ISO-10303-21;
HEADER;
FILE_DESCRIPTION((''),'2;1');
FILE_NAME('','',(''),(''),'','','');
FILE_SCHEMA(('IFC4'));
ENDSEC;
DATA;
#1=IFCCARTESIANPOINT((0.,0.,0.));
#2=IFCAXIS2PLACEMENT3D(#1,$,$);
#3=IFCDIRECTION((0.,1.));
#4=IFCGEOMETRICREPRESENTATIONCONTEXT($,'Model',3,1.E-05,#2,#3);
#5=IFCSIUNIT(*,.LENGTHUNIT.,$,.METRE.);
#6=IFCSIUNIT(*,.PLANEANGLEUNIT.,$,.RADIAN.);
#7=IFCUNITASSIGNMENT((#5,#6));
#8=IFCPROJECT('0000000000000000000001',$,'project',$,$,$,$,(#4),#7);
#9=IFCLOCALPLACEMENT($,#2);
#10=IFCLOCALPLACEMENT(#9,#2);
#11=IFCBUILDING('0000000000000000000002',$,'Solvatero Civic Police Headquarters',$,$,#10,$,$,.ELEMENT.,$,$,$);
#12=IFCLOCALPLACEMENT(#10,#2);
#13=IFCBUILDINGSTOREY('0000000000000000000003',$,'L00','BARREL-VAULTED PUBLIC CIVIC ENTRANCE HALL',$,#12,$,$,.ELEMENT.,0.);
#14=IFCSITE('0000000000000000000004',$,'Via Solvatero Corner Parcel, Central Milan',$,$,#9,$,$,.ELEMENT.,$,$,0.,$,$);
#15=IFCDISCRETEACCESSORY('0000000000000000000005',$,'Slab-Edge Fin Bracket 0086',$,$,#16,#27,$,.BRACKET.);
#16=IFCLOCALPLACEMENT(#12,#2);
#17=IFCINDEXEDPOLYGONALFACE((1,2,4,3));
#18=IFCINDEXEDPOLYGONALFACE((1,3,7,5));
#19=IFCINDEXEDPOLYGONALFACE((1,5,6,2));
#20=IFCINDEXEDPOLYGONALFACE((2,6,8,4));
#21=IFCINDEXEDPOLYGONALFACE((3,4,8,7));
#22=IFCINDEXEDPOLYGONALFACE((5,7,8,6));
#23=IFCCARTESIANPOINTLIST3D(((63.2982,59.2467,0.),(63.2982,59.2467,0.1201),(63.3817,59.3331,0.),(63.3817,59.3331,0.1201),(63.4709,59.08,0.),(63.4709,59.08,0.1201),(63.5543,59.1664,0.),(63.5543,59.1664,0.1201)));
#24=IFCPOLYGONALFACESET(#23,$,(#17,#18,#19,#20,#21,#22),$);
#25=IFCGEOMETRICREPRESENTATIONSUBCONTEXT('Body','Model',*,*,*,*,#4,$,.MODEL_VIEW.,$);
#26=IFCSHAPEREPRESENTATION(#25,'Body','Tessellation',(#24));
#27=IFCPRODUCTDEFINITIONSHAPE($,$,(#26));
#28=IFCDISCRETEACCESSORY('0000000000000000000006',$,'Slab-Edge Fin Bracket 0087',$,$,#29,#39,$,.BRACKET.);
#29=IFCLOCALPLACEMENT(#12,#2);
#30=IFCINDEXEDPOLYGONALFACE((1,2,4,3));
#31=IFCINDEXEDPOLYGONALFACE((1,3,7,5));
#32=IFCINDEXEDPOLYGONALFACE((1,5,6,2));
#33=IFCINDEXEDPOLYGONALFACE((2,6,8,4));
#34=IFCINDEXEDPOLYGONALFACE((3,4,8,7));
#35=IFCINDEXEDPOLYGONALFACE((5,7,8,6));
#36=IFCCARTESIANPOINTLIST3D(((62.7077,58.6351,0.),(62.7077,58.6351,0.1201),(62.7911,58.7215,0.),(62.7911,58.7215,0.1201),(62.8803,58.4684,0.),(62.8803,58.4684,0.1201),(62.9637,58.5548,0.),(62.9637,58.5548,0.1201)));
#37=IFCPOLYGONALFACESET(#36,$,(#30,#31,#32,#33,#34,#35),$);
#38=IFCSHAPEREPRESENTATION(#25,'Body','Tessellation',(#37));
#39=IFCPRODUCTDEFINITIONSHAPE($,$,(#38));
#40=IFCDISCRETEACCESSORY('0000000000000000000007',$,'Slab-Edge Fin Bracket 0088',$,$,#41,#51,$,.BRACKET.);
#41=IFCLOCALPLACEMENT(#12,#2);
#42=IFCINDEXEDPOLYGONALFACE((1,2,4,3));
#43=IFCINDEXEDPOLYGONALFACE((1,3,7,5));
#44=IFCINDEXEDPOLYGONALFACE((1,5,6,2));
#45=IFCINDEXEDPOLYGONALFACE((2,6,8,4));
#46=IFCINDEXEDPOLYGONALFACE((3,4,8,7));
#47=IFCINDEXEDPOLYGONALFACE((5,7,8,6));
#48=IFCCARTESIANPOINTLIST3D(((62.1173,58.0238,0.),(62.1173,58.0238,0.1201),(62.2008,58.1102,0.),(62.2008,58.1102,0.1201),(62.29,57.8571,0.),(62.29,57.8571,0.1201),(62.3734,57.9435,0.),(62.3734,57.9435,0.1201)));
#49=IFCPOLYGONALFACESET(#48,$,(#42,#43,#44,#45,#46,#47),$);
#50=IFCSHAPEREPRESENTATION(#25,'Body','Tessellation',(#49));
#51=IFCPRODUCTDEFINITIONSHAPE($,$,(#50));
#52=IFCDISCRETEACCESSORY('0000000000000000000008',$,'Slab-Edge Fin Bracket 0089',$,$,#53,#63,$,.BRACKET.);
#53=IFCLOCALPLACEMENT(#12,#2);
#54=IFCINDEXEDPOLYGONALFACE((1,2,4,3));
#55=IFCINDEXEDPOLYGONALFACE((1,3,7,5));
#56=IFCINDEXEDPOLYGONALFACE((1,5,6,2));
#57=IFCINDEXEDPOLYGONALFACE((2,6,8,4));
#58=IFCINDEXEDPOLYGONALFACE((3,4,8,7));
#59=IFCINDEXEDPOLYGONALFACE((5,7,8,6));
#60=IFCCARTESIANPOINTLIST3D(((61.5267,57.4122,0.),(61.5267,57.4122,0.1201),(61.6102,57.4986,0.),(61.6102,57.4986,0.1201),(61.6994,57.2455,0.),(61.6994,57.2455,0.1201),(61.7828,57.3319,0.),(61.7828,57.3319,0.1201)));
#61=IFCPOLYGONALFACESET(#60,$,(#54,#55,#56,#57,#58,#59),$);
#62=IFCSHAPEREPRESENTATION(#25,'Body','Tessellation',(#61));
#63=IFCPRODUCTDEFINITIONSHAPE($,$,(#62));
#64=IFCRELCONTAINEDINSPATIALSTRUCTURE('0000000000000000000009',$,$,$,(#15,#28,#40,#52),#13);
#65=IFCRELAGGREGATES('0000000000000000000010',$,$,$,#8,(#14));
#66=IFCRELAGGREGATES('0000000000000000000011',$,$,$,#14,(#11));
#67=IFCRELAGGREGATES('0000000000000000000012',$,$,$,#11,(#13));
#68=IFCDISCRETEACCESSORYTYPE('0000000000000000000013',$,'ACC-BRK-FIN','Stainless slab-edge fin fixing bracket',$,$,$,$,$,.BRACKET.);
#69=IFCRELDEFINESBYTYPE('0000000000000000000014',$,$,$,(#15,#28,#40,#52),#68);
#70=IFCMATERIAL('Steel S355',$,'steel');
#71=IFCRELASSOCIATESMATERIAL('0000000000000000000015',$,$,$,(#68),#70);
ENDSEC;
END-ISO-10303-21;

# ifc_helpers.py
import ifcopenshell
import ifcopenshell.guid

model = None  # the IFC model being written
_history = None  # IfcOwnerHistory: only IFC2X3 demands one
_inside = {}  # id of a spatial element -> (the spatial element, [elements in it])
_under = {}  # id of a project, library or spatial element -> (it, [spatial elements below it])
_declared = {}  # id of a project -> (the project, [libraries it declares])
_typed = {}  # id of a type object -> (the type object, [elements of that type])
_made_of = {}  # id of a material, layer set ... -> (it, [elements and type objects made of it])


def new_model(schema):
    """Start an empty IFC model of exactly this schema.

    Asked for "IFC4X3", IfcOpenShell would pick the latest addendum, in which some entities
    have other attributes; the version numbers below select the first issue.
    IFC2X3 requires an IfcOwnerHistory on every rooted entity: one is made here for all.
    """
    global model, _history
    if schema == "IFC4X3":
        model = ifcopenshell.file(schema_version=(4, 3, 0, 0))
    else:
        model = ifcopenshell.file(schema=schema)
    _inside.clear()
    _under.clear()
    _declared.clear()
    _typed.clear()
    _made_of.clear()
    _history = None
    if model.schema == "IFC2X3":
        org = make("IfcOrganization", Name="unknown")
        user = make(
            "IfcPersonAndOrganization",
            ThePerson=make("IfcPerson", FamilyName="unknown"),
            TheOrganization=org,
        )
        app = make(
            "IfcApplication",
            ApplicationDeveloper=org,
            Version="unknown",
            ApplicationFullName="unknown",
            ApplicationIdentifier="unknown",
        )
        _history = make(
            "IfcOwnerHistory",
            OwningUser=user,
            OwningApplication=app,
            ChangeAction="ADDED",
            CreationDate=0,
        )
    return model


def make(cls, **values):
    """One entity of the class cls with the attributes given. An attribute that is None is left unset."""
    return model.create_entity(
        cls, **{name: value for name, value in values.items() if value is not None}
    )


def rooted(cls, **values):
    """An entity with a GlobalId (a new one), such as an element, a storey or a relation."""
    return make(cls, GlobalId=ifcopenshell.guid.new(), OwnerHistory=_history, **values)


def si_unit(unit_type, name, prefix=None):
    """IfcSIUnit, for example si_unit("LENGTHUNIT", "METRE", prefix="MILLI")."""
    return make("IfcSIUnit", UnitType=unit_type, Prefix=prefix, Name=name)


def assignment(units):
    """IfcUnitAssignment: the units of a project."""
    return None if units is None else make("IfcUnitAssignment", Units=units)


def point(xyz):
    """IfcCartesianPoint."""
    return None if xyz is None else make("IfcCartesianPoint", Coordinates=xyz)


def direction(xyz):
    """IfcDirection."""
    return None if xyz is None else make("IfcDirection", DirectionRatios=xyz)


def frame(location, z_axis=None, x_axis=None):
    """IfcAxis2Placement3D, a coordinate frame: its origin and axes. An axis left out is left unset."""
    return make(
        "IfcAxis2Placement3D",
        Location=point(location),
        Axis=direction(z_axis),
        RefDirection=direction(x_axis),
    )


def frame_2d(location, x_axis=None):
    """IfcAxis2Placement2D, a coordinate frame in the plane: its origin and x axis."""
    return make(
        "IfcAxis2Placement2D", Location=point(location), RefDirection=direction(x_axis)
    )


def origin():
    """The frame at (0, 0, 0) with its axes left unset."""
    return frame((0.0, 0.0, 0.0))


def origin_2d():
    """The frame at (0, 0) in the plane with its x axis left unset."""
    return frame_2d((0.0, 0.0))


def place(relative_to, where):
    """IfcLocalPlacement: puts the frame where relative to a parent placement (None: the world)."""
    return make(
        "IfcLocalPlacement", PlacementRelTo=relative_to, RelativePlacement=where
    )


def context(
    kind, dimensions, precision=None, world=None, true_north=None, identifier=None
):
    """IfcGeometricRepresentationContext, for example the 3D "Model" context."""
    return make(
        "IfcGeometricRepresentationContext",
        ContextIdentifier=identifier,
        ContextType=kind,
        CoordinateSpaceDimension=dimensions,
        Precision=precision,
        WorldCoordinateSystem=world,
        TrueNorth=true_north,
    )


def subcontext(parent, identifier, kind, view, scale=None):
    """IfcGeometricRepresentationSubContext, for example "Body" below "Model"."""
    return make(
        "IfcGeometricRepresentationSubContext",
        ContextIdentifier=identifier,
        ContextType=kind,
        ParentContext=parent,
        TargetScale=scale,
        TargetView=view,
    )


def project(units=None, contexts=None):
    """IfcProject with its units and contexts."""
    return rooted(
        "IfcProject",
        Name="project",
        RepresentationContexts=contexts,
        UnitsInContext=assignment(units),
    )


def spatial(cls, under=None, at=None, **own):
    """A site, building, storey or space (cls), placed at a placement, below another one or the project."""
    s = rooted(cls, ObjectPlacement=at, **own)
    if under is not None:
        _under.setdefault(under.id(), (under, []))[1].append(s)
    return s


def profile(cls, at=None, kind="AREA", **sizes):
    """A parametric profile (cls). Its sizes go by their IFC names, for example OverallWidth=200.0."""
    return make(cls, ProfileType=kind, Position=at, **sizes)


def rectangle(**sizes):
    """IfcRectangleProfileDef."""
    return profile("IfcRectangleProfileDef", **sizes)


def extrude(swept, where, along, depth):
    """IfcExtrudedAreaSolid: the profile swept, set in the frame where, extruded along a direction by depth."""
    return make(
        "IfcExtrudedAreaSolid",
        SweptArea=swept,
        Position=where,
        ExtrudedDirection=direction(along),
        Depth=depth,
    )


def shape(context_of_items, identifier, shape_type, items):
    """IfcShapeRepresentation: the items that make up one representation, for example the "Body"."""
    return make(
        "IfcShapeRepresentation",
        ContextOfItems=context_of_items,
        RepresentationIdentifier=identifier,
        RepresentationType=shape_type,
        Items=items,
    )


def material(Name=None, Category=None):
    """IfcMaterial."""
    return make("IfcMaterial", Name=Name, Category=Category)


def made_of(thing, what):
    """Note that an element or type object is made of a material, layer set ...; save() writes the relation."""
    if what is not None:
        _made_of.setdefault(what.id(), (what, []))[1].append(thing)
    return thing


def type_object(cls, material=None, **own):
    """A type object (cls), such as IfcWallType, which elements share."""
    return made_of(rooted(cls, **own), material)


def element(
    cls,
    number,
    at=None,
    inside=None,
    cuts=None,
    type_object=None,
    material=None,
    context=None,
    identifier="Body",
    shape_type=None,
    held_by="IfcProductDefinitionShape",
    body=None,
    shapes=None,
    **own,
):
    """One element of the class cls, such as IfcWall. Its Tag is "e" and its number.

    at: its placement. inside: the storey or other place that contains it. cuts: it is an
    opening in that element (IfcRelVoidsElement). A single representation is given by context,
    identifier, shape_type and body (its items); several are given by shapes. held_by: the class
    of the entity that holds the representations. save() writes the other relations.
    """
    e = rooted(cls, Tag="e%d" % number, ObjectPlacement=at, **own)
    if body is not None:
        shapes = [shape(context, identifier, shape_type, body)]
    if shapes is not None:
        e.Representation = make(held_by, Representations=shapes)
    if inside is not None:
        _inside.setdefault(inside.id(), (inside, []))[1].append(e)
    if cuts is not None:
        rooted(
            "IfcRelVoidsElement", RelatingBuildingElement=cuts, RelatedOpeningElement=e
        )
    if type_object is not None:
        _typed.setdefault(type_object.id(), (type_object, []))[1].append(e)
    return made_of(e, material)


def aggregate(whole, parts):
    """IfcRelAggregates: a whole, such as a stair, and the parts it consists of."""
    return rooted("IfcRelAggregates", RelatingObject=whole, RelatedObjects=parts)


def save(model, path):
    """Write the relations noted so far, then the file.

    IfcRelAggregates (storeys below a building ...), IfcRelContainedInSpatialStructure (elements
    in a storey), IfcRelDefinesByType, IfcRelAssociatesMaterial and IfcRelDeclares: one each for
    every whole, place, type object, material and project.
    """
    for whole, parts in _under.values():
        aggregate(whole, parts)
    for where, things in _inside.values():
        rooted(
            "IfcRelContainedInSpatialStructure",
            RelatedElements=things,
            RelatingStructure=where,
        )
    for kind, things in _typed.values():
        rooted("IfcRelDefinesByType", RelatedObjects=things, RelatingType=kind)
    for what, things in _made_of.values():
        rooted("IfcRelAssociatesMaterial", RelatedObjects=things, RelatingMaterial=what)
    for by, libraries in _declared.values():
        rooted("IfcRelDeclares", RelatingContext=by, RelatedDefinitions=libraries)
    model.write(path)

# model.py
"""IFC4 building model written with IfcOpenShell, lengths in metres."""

from ifc_helpers import new_model, si_unit, direction, frame, origin, origin_2d, place, context, subcontext, project, spatial, rectangle, extrude, material, type_object, element, save


model = new_model("IFC4")

# Units and contexts
model_context = context("Model", 3, precision=1e-05, world=origin(), true_north=direction((0.0, 1.0)))
body_context = subcontext(model_context, "Body", "Model", "MODEL_VIEW")
ifc_project = project(units=[si_unit("LENGTHUNIT", "METRE"), si_unit("PLANEANGLEUNIT", "RADIAN")], contexts=[model_context])

# Site, building, storey
site_placement = place(None, origin())
site = spatial("IfcSite", under=ifc_project, at=site_placement, Name="Via Solvatero Corner Parcel, Central Milan", CompositionType="ELEMENT", RefElevation=0.0)
building_placement = place(site_placement, origin())
building = spatial("IfcBuilding", under=site, at=building_placement, Name="Solvatero Civic Police Headquarters", CompositionType="ELEMENT")
storey_placement = place(building_placement, origin())
storey = spatial("IfcBuildingStorey", under=building, at=storey_placement, Name="L00", Description="BARREL-VAULTED PUBLIC CIVIC ENTRANCE HALL", CompositionType="ELEMENT", Elevation=0.0)

# Shared definitions
ifc_material_1 = material(Name="Steel S355", Category="steel")

# Discrete accessories
discrete_accessory_type = type_object("IfcDiscreteAccessoryType", Name="ACC-BRK-FIN", Description="Stainless slab-edge fin fixing bracket", PredefinedType="BRACKET", material=ifc_material_1)
for number, where, z_axis, x_axis, name in (
    (1, (63.4263, 59.2065, 0.0), (0.0, 0.0, 1.0), (-0.694658, -0.71934, 0.0), "Slab-Edge Fin Bracket 0086"),
    (2, (62.8357, 58.595, 0.0), (0.0, 0.0, 1.0), (-0.694658, -0.71934, 0.0), "Slab-Edge Fin Bracket 0087"),
    (3, (62.2454, 57.9836, 0.0), (0.0, 0.0, 1.0), (-0.694658, -0.71934, 0.0), "Slab-Edge Fin Bracket 0088"),
    (4, (61.6548, 57.3721, 0.0), (0.0, 0.0, 1.0), (-0.694658, -0.71934, 0.0), "Slab-Edge Fin Bracket 0089"),
):
    element("IfcDiscreteAccessory", number, at=place(storey_placement, frame(where, z_axis=z_axis, x_axis=x_axis)), inside=storey, type_object=discrete_accessory_type, Name=name, PredefinedType="BRACKET", context=body_context, shape_type="SweptSolid", body=[
        extrude(rectangle(XDim=0.1201, YDim=0.24, at=origin_2d()), origin(), (0.0, 0.0, 1.0), 0.1201),
    ])

save(model, "model.ifc")
